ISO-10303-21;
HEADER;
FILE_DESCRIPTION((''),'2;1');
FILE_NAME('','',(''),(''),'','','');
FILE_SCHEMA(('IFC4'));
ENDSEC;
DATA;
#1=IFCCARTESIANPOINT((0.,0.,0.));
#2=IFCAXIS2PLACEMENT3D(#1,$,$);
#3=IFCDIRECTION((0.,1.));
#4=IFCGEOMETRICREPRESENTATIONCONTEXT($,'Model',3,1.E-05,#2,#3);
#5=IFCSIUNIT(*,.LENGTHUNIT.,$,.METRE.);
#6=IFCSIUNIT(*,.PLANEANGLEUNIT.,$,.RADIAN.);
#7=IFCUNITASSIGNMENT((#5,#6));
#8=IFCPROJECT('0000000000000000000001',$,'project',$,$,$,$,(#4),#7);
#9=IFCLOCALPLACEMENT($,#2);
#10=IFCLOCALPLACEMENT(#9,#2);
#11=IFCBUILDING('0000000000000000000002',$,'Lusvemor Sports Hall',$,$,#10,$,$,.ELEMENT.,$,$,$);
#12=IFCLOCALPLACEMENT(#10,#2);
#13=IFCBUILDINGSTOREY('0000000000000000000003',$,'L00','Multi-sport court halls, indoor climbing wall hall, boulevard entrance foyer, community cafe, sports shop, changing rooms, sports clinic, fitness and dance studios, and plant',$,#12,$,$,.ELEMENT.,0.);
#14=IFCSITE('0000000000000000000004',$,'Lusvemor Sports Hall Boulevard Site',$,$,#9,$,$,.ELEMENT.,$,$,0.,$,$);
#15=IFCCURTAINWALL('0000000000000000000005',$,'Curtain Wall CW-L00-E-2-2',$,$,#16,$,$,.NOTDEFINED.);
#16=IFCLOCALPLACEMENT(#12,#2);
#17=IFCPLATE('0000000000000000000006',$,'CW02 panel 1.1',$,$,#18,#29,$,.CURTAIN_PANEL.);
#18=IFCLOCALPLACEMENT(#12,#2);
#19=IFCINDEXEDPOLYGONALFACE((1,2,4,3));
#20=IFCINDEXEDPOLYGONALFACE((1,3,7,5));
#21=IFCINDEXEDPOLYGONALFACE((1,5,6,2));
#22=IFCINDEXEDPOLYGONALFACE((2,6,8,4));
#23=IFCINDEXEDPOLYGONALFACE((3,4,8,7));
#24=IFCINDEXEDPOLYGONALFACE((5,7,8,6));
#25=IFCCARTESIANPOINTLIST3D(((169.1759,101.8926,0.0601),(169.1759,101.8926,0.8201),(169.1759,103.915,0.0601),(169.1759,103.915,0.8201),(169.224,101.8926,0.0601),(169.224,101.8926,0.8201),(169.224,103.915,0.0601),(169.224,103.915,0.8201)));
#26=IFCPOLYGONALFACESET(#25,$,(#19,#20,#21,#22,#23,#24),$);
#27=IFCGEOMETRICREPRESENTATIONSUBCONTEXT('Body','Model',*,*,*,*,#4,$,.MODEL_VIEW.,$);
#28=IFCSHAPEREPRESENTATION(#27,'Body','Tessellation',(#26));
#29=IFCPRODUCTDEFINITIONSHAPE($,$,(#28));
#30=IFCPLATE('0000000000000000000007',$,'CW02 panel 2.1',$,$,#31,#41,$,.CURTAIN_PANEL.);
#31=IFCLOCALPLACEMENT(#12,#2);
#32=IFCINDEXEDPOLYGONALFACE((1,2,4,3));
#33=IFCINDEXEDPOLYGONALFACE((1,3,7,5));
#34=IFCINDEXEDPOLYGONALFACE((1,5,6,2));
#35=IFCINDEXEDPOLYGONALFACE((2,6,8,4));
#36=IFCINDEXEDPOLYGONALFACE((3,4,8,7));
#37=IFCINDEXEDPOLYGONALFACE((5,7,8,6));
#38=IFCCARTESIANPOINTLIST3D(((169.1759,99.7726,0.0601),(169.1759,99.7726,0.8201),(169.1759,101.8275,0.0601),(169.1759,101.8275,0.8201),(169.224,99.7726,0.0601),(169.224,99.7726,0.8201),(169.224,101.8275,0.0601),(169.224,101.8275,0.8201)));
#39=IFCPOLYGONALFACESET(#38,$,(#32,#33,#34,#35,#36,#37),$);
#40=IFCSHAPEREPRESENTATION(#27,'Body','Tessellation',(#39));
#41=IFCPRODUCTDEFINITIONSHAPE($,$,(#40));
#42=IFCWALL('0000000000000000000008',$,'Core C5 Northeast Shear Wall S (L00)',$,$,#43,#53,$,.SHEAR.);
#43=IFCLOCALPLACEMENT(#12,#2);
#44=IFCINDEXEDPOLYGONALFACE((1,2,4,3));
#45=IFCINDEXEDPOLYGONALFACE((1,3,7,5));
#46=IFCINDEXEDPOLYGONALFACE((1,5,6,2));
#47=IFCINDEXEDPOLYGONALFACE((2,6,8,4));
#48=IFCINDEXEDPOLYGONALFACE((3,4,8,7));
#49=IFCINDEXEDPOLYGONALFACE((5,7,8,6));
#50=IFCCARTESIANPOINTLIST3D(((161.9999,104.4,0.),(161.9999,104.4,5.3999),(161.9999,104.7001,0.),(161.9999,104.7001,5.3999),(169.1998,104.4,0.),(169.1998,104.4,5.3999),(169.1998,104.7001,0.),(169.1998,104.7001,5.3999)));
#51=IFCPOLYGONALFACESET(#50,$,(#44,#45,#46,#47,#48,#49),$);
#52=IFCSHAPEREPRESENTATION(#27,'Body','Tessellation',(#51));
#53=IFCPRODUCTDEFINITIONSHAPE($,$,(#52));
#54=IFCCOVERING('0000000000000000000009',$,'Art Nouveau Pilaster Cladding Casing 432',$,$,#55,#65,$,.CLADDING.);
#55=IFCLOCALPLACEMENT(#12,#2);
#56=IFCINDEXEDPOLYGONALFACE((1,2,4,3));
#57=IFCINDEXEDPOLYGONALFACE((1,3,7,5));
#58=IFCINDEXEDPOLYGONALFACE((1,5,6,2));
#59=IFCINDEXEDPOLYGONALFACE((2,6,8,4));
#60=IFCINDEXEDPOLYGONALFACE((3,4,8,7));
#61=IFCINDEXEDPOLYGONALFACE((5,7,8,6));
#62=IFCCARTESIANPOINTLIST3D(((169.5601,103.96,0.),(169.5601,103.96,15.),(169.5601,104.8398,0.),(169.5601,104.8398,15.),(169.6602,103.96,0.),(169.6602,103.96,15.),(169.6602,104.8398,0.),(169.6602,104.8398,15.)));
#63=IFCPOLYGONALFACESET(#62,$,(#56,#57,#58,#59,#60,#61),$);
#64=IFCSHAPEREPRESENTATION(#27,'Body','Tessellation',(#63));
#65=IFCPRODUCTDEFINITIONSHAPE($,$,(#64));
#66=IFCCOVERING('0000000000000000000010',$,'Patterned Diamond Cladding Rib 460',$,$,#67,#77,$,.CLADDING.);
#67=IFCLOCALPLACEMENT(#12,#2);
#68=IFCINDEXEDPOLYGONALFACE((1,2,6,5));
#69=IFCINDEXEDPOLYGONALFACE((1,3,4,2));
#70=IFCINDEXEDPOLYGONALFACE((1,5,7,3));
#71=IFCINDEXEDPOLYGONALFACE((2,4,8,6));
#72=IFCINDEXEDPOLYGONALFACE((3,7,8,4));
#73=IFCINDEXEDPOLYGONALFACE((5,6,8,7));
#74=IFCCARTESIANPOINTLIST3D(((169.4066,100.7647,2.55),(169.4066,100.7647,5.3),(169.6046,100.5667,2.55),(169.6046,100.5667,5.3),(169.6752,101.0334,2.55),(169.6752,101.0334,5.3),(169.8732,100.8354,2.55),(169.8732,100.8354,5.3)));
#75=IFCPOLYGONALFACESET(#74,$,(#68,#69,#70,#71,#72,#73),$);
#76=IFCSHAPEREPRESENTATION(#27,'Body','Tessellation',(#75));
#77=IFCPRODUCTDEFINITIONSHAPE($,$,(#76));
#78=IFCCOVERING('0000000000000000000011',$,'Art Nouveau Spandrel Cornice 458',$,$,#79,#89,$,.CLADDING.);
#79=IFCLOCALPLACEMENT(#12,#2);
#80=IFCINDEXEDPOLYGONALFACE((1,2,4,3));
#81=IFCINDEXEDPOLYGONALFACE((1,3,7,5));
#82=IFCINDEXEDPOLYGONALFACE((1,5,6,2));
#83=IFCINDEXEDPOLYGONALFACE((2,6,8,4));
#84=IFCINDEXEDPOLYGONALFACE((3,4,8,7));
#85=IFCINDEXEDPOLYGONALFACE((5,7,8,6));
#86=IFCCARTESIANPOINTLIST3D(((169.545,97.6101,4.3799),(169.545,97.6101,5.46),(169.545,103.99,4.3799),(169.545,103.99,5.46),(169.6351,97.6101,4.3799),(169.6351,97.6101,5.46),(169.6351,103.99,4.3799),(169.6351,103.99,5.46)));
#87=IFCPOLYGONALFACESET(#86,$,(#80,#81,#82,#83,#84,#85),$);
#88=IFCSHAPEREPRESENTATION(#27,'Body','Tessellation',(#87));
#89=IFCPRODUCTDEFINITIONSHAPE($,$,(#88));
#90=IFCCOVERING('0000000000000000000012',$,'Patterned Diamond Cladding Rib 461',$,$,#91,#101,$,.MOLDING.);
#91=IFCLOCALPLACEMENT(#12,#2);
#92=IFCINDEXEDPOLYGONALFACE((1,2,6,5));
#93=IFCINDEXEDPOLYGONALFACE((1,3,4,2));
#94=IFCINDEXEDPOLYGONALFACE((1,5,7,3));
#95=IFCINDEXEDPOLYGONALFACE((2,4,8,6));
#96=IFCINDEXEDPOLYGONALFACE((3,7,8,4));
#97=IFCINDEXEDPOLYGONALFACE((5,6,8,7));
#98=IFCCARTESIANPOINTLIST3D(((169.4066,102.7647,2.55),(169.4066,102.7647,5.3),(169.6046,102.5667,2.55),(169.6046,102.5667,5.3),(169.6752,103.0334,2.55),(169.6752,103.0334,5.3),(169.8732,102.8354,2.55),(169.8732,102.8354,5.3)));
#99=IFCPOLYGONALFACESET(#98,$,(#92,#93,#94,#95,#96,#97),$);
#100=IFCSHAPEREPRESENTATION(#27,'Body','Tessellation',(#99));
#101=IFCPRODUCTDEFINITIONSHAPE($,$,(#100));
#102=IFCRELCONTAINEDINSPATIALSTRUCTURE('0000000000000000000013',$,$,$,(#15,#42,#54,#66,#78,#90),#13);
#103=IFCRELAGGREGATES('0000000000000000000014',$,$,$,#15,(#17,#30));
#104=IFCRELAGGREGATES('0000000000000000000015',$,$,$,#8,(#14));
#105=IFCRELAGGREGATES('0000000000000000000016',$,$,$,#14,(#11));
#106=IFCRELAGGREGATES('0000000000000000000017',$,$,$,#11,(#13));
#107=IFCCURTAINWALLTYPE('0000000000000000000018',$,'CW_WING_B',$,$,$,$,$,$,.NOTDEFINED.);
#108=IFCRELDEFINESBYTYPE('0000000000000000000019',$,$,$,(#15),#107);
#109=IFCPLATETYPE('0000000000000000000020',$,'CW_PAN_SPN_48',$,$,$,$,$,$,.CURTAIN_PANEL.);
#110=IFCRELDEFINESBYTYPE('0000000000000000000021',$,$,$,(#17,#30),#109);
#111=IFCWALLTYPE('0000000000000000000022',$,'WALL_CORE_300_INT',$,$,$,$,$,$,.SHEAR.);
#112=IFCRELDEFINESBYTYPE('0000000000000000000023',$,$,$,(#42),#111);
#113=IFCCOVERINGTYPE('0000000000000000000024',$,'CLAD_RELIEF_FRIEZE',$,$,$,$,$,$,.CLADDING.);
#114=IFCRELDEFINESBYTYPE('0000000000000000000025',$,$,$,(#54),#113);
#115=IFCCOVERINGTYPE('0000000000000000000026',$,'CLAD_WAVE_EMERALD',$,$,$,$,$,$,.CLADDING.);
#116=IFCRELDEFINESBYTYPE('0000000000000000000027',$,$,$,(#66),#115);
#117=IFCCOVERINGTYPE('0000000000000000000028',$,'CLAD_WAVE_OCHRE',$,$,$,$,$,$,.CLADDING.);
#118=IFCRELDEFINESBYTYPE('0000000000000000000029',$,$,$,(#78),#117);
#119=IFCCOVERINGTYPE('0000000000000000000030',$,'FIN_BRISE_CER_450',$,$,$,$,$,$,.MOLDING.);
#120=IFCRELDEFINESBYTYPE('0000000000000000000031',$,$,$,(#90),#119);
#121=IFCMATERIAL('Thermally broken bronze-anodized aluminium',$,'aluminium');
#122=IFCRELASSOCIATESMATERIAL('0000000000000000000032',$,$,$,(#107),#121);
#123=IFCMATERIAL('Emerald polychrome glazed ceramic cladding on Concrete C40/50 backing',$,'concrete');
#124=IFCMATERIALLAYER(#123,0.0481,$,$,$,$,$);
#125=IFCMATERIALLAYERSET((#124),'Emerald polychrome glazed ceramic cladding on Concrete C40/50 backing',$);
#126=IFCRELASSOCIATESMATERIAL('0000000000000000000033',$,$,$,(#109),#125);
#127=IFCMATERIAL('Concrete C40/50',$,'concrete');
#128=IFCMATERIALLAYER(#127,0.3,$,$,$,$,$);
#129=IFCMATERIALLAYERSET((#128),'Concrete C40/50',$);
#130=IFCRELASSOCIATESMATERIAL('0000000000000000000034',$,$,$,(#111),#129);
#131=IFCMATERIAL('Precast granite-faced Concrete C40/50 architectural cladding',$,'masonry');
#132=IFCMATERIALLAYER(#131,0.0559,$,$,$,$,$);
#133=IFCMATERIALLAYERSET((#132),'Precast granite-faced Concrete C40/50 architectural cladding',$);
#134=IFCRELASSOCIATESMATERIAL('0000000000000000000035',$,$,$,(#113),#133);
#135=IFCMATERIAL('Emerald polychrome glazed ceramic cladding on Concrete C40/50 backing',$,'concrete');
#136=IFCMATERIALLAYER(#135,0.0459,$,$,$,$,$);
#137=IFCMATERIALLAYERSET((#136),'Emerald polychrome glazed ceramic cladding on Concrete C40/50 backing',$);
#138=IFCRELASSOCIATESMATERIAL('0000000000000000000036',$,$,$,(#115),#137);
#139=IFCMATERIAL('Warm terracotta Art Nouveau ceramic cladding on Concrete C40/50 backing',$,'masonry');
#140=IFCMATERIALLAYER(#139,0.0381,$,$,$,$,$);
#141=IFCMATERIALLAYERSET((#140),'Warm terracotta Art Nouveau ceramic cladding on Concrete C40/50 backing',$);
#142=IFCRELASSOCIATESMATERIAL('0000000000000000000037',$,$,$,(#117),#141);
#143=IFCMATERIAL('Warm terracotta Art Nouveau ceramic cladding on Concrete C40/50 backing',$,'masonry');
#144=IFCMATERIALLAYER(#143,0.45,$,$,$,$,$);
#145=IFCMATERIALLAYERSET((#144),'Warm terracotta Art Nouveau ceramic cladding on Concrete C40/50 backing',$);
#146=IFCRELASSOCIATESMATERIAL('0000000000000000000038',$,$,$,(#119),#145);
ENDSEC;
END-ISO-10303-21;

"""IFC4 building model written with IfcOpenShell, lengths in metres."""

from ifc_helpers import new_model, si_unit, direction, frame, frame_2d, origin, origin_2d, place, context, subcontext, project, spatial, rectangle, extrude, material, layer, layer_set, type_object, element, aggregate, save


model = new_model("IFC4")

# Units and contexts
model_context = context("Model", 3, precision=1e-05, world=origin(), true_north=direction((0.0, 1.0)))
body_context = subcontext(model_context, "Body", "Model", "MODEL_VIEW")
ifc_project = project(units=[si_unit("LENGTHUNIT", "METRE"), si_unit("PLANEANGLEUNIT", "RADIAN")], contexts=[model_context])

# Site, building, storey
site_placement = place(None, origin())
site = spatial("IfcSite", under=ifc_project, at=site_placement, Name="Lusvemor Sports Hall Boulevard Site", CompositionType="ELEMENT", RefElevation=0.0)
building_placement = place(site_placement, origin())
building = spatial("IfcBuilding", under=site, at=building_placement, Name="Lusvemor Sports Hall", CompositionType="ELEMENT")
storey_placement = place(building_placement, origin())
storey = spatial("IfcBuildingStorey", under=building, at=storey_placement, Name="L00", Description="Multi-sport court halls, indoor climbing wall hall, boulevard entrance foyer, community cafe, sports shop, changing rooms, sports clinic, fitness and dance studios, and plant", CompositionType="ELEMENT", Elevation=0.0)

# Curtain wall, plates
ifc_material_1 = material(Name="Thermally broken bronze-anodized aluminium", Category="aluminium")
curtain_wall_type = type_object("IfcCurtainWallType", Name="CW_WING_B", PredefinedType="NOTDEFINED", material=ifc_material_1)
curtain_wall_placement = place(storey_placement, origin())
curtain_wall = element("IfcCurtainWall", 1, at=curtain_wall_placement, inside=storey, type_object=curtain_wall_type, Name="Curtain Wall CW-L00-E-2-2", PredefinedType="NOTDEFINED")
ifc_material_2 = material(Name="Emerald polychrome glazed ceramic cladding on Concrete C40/50 backing", Category="concrete")
ifc_layer_1 = layer(ifc_material_2, 0.0481)
ifc_layer_set_1 = layer_set([ifc_layer_1], Name="Emerald polychrome glazed ceramic cladding on Concrete C40/50 backing")
plate_type_1 = type_object("IfcPlateType", Name="CW_PAN_SPN_48", PredefinedType="CURTAIN_PANEL", material=ifc_layer_set_1)
plate_1_placement = place(storey_placement, frame((169.2, 102.9038, 0.0601), z_axis=(0.0, 0.0, 1.0), x_axis=(0.0, -1.0, 0.0)))
plate_1 = element("IfcPlate", 2, at=plate_1_placement, type_object=plate_type_1, Name="CW02 panel 1.1", PredefinedType="CURTAIN_PANEL", context=body_context, shape_type="SweptSolid", body=[
    extrude(rectangle(XDim=2.0225, YDim=0.0481, at=origin_2d()), origin(), (0.0, 0.0, 1.0), 0.76),
])
plate_2_placement = place(storey_placement, frame((169.2, 100.8, 0.0601), z_axis=(0.0, 0.0, 1.0), x_axis=(0.0, -1.0, 0.0)))
plate_2 = element("IfcPlate", 3, at=plate_2_placement, type_object=plate_type_1, Name="CW02 panel 2.1", PredefinedType="CURTAIN_PANEL", context=body_context, shape_type="SweptSolid", body=[
    extrude(rectangle(XDim=2.0549, YDim=0.0481, at=origin_2d()), origin(), (0.0, 0.0, 1.0), 0.76),
])
aggregate(curtain_wall, [plate_1, plate_2])

# Wall
ifc_material_3 = material(Name="Concrete C40/50", Category="concrete")
ifc_layer_2 = layer(ifc_material_3, 0.3)
ifc_layer_set_2 = layer_set([ifc_layer_2], Name="Concrete C40/50")
wall_type = type_object("IfcWallType", Name="WALL_CORE_300_INT", PredefinedType="SHEAR", material=ifc_layer_set_2)
wall_1_placement = place(storey_placement, frame((169.2, 104.55, 0.0), z_axis=(0.0, 0.0, 1.0), x_axis=(-1.0, 0.0, 0.0)))
element("IfcWall", 4, at=wall_1_placement, inside=storey, type_object=wall_type, Name="Core C5 Northeast Shear Wall S (L00)", PredefinedType="SHEAR", context=body_context, shape_type="SweptSolid", body=[
    extrude(rectangle(XDim=7.2, YDim=0.3, at=frame_2d((3.6001, 0.0))), origin(), (0.0, 0.0, 1.0), 5.3999),
])

# Coverings
ifc_material_4 = material(Name="Precast granite-faced Concrete C40/50 architectural cladding", Category="masonry")
ifc_layer_3 = layer(ifc_material_4, 0.0559)
ifc_layer_set_3 = layer_set([ifc_layer_3], Name="Precast granite-faced Concrete C40/50 architectural cladding")
covering_type_1 = type_object("IfcCoveringType", Name="CLAD_RELIEF_FRIEZE", PredefinedType="CLADDING", material=ifc_layer_set_3)
covering_1_placement = place(storey_placement, frame((169.6101, 104.3999, 0.0), z_axis=(0.0, 0.0, 1.0), x_axis=(1.0, 0.0, 0.0)))
element("IfcCovering", 5, at=covering_1_placement, inside=storey, type_object=covering_type_1, Name="Art Nouveau Pilaster Cladding Casing 432", PredefinedType="CLADDING", context=body_context, shape_type="SweptSolid", body=[
    extrude(rectangle(XDim=0.1001, YDim=0.8799, at=origin_2d()), origin(), (0.0, 0.0, 1.0), 15.0),
])
ifc_material_5 = material(Name="Emerald polychrome glazed ceramic cladding on Concrete C40/50 backing", Category="concrete")
ifc_layer_4 = layer(ifc_material_5, 0.0459)
ifc_layer_set_4 = layer_set([ifc_layer_4], Name="Emerald polychrome glazed ceramic cladding on Concrete C40/50 backing")
covering_type_2 = type_object("IfcCoveringType", Name="CLAD_WAVE_EMERALD", PredefinedType="CLADDING", material=ifc_layer_set_4)
covering_2_placement = place(storey_placement, frame((169.6399, 100.8, 2.55), z_axis=(0.0, 0.0, 1.0), x_axis=(0.707107, 0.707107, 0.0)))
element("IfcCovering", 6, at=covering_2_placement, inside=storey, type_object=covering_type_2, Name="Patterned Diamond Cladding Rib 460", PredefinedType="CLADDING", context=body_context, shape_type="SweptSolid", body=[
    extrude(rectangle(XDim=0.3799, YDim=0.28, at=origin_2d()), origin(), (0.0, 0.0, 1.0), 2.75),
])
ifc_material_6 = material(Name="Warm terracotta Art Nouveau ceramic cladding on Concrete C40/50 backing", Category="masonry")
ifc_layer_5 = layer(ifc_material_6, 0.0381)
ifc_layer_set_5 = layer_set([ifc_layer_5], Name="Warm terracotta Art Nouveau ceramic cladding on Concrete C40/50 backing")
covering_type_3 = type_object("IfcCoveringType", Name="CLAD_WAVE_OCHRE", PredefinedType="CLADDING", material=ifc_layer_set_5)
covering_3_placement = place(storey_placement, frame((169.5901, 100.8, 4.3799), z_axis=(0.0, 0.0, 1.0), x_axis=(1.0, 0.0, 0.0)))
element("IfcCovering", 7, at=covering_3_placement, inside=storey, type_object=covering_type_3, Name="Art Nouveau Spandrel Cornice 458", PredefinedType="CLADDING", context=body_context, shape_type="SweptSolid", body=[
    extrude(rectangle(XDim=0.0901, YDim=6.3799, at=origin_2d()), origin(), (0.0, 0.0, 1.0), 1.0801),
])
ifc_material_7 = material(Name="Warm terracotta Art Nouveau ceramic cladding on Concrete C40/50 backing", Category="masonry")
ifc_layer_6 = layer(ifc_material_7, 0.45)
ifc_layer_set_6 = layer_set([ifc_layer_6], Name="Warm terracotta Art Nouveau ceramic cladding on Concrete C40/50 backing")
covering_type_4 = type_object("IfcCoveringType", Name="FIN_BRISE_CER_450", PredefinedType="MOLDING", material=ifc_layer_set_6)
covering_4_placement = place(storey_placement, frame((169.6399, 102.8, 2.55), z_axis=(0.0, 0.0, 1.0), x_axis=(0.707107, 0.707107, 0.0)))
element("IfcCovering", 8, at=covering_4_placement, inside=storey, type_object=covering_type_4, Name="Patterned Diamond Cladding Rib 461", PredefinedType="MOLDING", context=body_context, shape_type="SweptSolid", body=[
    extrude(rectangle(XDim=0.3799, YDim=0.28, at=origin_2d()), origin(), (0.0, 0.0, 1.0), 2.75),
])

save(model, "model.ifc")
